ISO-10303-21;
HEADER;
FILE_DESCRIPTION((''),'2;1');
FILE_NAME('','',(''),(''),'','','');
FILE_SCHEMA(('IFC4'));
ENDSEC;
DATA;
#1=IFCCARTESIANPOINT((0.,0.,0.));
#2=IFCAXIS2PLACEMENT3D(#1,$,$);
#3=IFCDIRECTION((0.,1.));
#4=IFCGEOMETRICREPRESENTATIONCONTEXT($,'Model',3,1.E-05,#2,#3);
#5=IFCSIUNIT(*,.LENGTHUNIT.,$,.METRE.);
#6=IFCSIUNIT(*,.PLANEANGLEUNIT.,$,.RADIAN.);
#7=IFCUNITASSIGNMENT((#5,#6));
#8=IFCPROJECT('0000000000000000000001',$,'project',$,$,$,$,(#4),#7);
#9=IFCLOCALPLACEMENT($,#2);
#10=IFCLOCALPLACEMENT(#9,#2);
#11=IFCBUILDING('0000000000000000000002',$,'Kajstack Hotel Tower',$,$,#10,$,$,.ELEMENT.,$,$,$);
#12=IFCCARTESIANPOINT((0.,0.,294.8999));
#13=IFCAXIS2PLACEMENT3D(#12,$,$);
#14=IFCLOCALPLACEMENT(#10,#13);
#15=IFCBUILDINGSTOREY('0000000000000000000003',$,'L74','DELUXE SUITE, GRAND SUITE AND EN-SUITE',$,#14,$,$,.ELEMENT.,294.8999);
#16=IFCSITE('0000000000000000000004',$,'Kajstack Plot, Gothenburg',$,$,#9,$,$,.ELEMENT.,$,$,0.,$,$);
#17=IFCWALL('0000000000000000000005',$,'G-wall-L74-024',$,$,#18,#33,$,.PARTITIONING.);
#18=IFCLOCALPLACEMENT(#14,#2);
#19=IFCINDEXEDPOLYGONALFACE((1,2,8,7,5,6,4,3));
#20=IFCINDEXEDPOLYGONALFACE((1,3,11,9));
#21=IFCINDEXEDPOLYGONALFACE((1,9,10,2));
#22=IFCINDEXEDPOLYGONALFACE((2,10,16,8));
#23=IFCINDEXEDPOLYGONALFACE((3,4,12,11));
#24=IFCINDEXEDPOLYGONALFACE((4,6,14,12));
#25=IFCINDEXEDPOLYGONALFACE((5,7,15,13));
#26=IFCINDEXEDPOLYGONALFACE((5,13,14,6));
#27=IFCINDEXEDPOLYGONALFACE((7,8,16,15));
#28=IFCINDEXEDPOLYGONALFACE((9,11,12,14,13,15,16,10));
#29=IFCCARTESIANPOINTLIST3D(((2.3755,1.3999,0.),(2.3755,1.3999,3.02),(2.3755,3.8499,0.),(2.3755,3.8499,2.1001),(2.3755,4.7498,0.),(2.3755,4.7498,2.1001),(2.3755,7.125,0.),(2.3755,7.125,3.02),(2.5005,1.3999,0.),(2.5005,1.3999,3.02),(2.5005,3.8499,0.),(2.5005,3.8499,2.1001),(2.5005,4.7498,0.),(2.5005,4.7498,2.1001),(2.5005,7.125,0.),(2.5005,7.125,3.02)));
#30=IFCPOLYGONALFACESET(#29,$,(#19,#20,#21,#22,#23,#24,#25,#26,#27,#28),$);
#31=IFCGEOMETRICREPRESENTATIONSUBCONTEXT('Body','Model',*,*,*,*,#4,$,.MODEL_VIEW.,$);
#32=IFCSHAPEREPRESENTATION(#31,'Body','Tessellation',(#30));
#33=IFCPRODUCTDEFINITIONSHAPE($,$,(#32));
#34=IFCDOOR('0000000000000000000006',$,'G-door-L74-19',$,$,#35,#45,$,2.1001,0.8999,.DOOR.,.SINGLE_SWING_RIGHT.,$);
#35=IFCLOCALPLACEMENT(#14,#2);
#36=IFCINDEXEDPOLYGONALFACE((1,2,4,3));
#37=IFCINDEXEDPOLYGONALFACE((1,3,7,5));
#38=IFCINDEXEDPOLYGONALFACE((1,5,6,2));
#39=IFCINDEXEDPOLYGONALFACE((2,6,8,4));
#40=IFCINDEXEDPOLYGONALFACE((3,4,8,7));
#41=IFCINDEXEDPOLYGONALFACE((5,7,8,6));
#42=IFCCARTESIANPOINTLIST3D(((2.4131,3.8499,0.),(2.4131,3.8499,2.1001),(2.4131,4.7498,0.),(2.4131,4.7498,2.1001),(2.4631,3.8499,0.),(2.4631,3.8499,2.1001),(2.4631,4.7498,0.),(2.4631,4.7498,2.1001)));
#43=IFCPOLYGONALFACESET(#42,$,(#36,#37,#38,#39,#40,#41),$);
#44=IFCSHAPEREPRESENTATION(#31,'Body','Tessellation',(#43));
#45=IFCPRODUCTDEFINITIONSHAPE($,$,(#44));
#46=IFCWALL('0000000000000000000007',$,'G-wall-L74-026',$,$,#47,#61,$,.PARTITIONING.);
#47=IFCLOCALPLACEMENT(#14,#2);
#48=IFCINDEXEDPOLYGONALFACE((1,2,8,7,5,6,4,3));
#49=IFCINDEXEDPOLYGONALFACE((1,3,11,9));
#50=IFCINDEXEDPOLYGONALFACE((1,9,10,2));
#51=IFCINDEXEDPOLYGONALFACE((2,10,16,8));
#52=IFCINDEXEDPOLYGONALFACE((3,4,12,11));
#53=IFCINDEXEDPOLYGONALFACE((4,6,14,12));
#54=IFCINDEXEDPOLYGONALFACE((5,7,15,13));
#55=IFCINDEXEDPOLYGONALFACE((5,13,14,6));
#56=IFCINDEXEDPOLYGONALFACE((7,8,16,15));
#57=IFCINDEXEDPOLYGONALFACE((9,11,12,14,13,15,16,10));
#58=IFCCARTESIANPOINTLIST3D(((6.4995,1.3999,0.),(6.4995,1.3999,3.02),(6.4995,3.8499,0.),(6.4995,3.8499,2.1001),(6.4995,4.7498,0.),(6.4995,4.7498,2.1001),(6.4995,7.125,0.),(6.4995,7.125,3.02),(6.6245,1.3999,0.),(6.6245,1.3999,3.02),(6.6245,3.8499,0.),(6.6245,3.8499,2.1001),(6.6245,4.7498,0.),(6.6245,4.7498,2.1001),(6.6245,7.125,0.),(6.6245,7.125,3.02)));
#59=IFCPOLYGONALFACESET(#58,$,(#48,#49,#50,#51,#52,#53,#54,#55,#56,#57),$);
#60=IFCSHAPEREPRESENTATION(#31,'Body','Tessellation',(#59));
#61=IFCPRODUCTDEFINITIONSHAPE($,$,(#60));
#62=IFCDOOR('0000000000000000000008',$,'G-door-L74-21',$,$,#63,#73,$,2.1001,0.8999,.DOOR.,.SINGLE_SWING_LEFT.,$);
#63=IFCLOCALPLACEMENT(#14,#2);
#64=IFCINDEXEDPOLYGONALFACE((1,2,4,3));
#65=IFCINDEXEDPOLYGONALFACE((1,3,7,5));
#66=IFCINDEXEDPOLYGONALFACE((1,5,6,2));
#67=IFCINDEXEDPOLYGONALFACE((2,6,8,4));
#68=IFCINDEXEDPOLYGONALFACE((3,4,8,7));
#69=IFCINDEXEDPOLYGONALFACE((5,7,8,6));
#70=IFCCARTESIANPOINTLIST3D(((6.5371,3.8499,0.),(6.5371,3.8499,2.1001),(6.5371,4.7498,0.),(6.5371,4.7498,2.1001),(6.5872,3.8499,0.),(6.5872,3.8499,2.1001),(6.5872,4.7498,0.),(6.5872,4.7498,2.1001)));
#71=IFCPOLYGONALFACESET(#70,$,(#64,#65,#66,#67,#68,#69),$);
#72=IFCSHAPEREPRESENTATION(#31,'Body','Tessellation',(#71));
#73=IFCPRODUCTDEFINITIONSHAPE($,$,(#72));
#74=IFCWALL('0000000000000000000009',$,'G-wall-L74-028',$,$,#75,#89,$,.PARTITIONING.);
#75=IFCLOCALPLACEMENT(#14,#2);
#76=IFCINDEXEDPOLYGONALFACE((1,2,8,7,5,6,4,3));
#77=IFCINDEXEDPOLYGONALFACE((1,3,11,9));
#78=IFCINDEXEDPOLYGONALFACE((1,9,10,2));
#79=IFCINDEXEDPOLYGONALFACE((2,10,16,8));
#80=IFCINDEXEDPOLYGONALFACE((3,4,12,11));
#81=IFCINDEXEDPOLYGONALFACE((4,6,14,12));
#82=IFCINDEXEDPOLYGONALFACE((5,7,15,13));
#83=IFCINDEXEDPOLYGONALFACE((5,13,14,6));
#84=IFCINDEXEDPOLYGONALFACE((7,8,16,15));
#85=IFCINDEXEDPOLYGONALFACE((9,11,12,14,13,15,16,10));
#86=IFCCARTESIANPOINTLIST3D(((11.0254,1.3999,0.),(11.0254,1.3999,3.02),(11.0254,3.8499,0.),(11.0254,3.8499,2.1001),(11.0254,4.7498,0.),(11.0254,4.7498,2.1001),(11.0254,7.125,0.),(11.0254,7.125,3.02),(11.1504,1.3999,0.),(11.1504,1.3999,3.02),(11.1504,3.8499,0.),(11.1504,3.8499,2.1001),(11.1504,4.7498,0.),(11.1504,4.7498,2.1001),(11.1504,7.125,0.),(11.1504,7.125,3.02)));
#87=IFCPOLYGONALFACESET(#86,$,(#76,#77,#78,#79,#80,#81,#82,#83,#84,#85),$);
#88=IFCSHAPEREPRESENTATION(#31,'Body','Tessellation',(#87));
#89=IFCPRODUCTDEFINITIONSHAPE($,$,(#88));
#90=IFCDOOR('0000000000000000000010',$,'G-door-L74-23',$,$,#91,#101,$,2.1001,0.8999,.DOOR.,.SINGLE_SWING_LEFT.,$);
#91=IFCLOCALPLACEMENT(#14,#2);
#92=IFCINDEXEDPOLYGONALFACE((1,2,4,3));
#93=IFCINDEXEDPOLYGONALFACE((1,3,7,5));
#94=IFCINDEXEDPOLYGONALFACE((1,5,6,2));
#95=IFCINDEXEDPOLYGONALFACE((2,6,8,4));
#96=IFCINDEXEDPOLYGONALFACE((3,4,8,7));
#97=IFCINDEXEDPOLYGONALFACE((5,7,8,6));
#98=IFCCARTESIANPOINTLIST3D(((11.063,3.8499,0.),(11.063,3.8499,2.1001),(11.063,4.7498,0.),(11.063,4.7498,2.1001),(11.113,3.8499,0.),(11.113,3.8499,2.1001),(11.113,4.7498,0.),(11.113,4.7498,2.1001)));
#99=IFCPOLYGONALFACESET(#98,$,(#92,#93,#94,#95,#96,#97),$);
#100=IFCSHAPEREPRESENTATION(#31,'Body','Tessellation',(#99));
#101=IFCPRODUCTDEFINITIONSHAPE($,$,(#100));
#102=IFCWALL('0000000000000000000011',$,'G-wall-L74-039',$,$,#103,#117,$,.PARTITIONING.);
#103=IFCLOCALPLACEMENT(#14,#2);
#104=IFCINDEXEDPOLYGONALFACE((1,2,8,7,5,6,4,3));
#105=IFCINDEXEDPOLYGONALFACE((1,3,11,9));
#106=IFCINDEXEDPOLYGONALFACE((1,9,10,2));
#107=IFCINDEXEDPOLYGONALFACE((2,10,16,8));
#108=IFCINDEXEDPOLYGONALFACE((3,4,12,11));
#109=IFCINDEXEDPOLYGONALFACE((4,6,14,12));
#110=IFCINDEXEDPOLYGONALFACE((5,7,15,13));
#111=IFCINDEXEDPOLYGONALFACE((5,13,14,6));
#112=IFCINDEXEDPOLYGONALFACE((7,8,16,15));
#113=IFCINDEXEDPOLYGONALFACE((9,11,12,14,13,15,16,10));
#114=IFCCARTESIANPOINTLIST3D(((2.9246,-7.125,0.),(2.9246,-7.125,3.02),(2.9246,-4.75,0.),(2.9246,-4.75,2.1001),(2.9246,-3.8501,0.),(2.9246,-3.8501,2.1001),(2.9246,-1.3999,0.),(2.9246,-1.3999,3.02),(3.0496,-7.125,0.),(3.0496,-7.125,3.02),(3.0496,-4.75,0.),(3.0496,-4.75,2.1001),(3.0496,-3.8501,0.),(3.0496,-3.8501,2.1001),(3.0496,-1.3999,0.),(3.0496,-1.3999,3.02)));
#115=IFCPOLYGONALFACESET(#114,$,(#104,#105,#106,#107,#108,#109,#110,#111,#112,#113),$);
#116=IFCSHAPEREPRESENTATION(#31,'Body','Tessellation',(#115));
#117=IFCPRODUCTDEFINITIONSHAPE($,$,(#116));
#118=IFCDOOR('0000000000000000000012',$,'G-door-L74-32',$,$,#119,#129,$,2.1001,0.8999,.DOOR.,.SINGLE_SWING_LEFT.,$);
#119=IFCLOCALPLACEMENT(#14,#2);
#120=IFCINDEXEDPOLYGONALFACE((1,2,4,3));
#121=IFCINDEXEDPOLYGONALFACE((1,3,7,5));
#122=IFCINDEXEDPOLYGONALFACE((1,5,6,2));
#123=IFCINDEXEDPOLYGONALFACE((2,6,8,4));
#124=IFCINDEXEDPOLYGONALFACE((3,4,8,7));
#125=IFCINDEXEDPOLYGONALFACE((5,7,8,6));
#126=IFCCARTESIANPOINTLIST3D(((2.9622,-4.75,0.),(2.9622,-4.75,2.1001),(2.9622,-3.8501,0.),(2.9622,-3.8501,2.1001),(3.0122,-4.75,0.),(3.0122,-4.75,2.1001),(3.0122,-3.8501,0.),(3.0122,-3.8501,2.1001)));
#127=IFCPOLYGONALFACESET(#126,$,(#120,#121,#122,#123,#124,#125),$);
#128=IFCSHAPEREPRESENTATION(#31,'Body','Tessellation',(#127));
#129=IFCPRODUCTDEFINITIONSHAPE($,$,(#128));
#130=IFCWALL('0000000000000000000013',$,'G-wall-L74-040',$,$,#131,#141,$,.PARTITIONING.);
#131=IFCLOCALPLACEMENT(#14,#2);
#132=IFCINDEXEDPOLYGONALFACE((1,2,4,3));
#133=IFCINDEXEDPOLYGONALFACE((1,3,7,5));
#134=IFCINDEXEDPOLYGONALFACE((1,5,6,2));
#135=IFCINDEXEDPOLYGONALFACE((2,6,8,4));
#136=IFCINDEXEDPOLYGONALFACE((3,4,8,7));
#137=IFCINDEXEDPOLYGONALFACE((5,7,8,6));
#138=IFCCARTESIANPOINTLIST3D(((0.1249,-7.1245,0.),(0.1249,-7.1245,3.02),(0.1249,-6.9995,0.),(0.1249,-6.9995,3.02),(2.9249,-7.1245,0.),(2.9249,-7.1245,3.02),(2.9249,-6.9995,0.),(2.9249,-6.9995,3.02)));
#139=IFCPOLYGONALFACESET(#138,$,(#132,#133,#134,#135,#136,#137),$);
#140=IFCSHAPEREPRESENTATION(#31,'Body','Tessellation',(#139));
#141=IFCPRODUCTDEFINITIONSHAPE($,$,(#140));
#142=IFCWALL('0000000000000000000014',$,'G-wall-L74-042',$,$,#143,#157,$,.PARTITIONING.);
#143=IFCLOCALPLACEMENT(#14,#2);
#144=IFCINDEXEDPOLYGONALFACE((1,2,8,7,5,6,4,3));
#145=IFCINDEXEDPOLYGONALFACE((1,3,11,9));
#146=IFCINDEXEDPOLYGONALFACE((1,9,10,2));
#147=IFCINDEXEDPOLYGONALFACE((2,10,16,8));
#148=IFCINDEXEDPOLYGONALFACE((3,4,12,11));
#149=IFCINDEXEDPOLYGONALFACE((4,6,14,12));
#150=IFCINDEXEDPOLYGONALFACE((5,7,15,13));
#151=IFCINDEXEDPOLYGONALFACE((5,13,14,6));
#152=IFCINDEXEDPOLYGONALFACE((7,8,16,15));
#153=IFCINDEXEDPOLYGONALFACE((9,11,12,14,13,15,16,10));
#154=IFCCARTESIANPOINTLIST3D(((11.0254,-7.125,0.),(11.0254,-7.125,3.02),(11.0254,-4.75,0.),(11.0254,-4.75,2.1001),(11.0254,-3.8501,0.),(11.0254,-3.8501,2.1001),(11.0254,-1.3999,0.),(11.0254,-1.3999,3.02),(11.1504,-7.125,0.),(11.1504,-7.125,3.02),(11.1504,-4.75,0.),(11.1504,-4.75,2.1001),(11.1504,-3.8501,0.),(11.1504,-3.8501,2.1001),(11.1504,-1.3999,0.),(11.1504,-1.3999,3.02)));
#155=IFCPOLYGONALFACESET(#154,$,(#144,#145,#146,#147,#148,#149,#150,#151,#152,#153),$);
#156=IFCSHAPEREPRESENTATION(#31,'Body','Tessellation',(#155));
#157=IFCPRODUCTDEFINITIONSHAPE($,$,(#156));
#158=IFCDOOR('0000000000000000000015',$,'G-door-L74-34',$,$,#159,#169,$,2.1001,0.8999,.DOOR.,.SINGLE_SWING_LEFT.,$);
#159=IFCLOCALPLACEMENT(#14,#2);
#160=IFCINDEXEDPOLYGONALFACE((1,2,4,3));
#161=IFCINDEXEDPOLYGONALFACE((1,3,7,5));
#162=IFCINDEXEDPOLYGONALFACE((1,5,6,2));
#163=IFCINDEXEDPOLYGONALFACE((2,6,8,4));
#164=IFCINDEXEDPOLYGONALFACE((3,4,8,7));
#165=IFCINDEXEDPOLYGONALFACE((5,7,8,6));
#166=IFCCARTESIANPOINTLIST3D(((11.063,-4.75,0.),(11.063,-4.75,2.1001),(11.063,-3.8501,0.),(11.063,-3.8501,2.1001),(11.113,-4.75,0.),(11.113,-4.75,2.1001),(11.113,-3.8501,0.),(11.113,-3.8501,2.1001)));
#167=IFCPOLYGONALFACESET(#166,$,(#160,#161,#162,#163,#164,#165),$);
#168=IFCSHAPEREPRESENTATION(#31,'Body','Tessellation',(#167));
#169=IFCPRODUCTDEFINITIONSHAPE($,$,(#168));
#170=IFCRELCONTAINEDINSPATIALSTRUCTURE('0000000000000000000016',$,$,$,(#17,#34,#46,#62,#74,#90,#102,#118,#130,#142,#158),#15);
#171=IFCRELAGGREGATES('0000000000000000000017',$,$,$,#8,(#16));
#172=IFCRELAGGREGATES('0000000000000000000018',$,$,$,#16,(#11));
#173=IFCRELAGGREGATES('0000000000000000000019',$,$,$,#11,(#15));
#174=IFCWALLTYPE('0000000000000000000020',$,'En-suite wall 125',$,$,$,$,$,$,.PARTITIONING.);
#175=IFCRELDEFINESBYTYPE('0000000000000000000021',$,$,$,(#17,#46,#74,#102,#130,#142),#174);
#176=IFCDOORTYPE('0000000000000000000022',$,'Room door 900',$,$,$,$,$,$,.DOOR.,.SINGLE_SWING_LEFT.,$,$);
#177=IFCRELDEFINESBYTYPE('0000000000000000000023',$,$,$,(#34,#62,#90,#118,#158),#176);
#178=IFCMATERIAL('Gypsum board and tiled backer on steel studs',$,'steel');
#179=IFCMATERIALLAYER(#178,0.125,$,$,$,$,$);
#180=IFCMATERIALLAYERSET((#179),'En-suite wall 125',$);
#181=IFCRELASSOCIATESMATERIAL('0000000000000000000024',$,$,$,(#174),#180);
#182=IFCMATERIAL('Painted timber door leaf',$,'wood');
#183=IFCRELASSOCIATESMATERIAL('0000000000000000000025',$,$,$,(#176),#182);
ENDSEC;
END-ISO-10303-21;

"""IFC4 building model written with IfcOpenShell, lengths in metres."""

from ifc_helpers import new_model, si_unit, direction, frame, frame_2d, origin, place, context, subcontext, project, spatial, rectangle, extrude, material, layer, layer_set, type_object, element, fill, save


model = new_model("IFC4")

# Units and contexts
model_context = context("Model", 3, precision=1e-05, world=origin(), true_north=direction((0.0, 1.0)))
body_context = subcontext(model_context, "Body", "Model", "MODEL_VIEW")
ifc_project = project(units=[si_unit("LENGTHUNIT", "METRE"), si_unit("PLANEANGLEUNIT", "RADIAN")], contexts=[model_context])

# Site, building, storey
site_placement = place(None, origin())
site = spatial("IfcSite", under=ifc_project, at=site_placement, Name="Kajstack Plot, Gothenburg", CompositionType="ELEMENT", RefElevation=0.0)
building_placement = place(site_placement, origin())
building = spatial("IfcBuilding", under=site, at=building_placement, Name="Kajstack Hotel Tower", CompositionType="ELEMENT")
storey_placement = place(building_placement, frame((0.0, 0.0, 294.8999)))
storey = spatial("IfcBuildingStorey", under=building, at=storey_placement, Name="L74", Description="DELUXE SUITE, GRAND SUITE AND EN-SUITE", CompositionType="ELEMENT", Elevation=294.8999)

# Walls, openings, doors
ifc_material_1 = material(Name="Gypsum board and tiled backer on steel studs", Category="steel")
ifc_layer_1 = layer(ifc_material_1, 0.125)
ifc_layer_set_1 = layer_set([ifc_layer_1], Name="En-suite wall 125")
wall_type_1 = type_object("IfcWallType", Name="En-suite wall 125", PredefinedType="PARTITIONING", material=ifc_layer_set_1)
wall_1_placement = place(storey_placement, frame((2.438, 1.3999, 0.0), z_axis=(0.0, 0.0, 1.0), x_axis=(0.0, 1.0, 0.0)))
wall_1 = element("IfcWall", 1, at=wall_1_placement, inside=storey, type_object=wall_type_1, Name="G-wall-L74-024", PredefinedType="PARTITIONING", context=body_context, shape_type="SweptSolid", body=[
    extrude(rectangle(XDim=5.7251, YDim=0.125, at=frame_2d((2.8625, 0.0))), origin(), (0.0, 0.0, 1.0), 3.02),
])
opening_1_placement = place(wall_1_placement, frame((2.45, 0.0, 0.0)))
opening_1 = element("IfcOpeningElement", 2, at=opening_1_placement, cuts=wall_1, PredefinedType="OPENING", context=body_context, shape_type="SweptSolid", body=[
    extrude(rectangle(XDim=0.8999, YDim=2.1001, at=frame_2d((0.45, 1.05))), frame((0.0, 0.0725, 0.0), z_axis=(0.0, -1.0, 0.0), x_axis=(1.0, 0.0, 0.0)), (0.0, 0.0, 1.0), 0.145),
])
ifc_material_2 = material(Name="Painted timber door leaf", Category="wood")
door_type_1 = type_object("IfcDoorType", Name="Room door 900", OperationType="SINGLE_SWING_LEFT", PredefinedType="DOOR", material=ifc_material_2)
door_1_placement = place(opening_1_placement, origin())
door_1 = element("IfcDoor", 3, at=door_1_placement, inside=storey, type_object=door_type_1, Name="G-door-L74-19", OperationType="SINGLE_SWING_RIGHT", OverallHeight=2.1001, OverallWidth=0.8999, PredefinedType="DOOR", context=body_context, shape_type="SweptSolid", body=[
    extrude(rectangle(XDim=0.8999, YDim=2.1001, at=frame_2d((0.45, 1.05))), frame((0.0, 0.0249, 0.0), z_axis=(0.0, -1.0, 0.0), x_axis=(1.0, 0.0, 0.0)), (0.0, 0.0, 1.0), 0.05),
])
fill(opening_1, door_1)
wall_2_placement = place(storey_placement, frame((6.562, 1.3999, 0.0), z_axis=(0.0, 0.0, 1.0), x_axis=(0.0, 1.0, 0.0)))
wall_2 = element("IfcWall", 4, at=wall_2_placement, inside=storey, type_object=wall_type_1, Name="G-wall-L74-026", PredefinedType="PARTITIONING", context=body_context, shape_type="SweptSolid", body=[
    extrude(rectangle(XDim=5.7251, YDim=0.125, at=frame_2d((2.8625, 0.0))), origin(), (0.0, 0.0, 1.0), 3.02),
])
opening_2_placement = place(wall_2_placement, frame((2.45, 0.0, 0.0)))
opening_2 = element("IfcOpeningElement", 5, at=opening_2_placement, cuts=wall_2, PredefinedType="OPENING", context=body_context, shape_type="SweptSolid", body=[
    extrude(rectangle(XDim=0.8999, YDim=2.1001, at=frame_2d((0.45, 1.05))), frame((0.0, 0.0725, 0.0), z_axis=(0.0, -1.0, 0.0), x_axis=(1.0, 0.0, 0.0)), (0.0, 0.0, 1.0), 0.145),
])
door_2_placement = place(opening_2_placement, origin())
door_2 = element("IfcDoor", 6, at=door_2_placement, inside=storey, type_object=door_type_1, Name="G-door-L74-21", OperationType="SINGLE_SWING_LEFT", OverallHeight=2.1001, OverallWidth=0.8999, PredefinedType="DOOR", context=body_context, shape_type="SweptSolid", body=[
    extrude(rectangle(XDim=0.8999, YDim=2.1001, at=frame_2d((0.45, 1.05))), frame((0.0, 0.0249, 0.0), z_axis=(0.0, -1.0, 0.0), x_axis=(1.0, 0.0, 0.0)), (0.0, 0.0, 1.0), 0.05),
])
fill(opening_2, door_2)
wall_3_placement = place(storey_placement, frame((11.0879, 1.3999, 0.0), z_axis=(0.0, 0.0, 1.0), x_axis=(0.0, 1.0, 0.0)))
wall_3 = element("IfcWall", 7, at=wall_3_placement, inside=storey, type_object=wall_type_1, Name="G-wall-L74-028", PredefinedType="PARTITIONING", context=body_context, shape_type="SweptSolid", body=[
    extrude(rectangle(XDim=5.7251, YDim=0.125, at=frame_2d((2.8625, 0.0))), origin(), (0.0, 0.0, 1.0), 3.02),
])
opening_3_placement = place(wall_3_placement, frame((2.45, 0.0, 0.0)))
opening_3 = element("IfcOpeningElement", 8, at=opening_3_placement, cuts=wall_3, PredefinedType="OPENING", context=body_context, shape_type="SweptSolid", body=[
    extrude(rectangle(XDim=0.8999, YDim=2.1001, at=frame_2d((0.45, 1.05))), frame((0.0, 0.0725, 0.0), z_axis=(0.0, -1.0, 0.0), x_axis=(1.0, 0.0, 0.0)), (0.0, 0.0, 1.0), 0.145),
])
door_3_placement = place(opening_3_placement, origin())
door_3 = element("IfcDoor", 9, at=door_3_placement, inside=storey, type_object=door_type_1, Name="G-door-L74-23", OperationType="SINGLE_SWING_LEFT", OverallHeight=2.1001, OverallWidth=0.8999, PredefinedType="DOOR", context=body_context, shape_type="SweptSolid", body=[
    extrude(rectangle(XDim=0.8999, YDim=2.1001, at=frame_2d((0.45, 1.05))), frame((0.0, 0.0249, 0.0), z_axis=(0.0, -1.0, 0.0), x_axis=(1.0, 0.0, 0.0)), (0.0, 0.0, 1.0), 0.05),
])
fill(opening_3, door_3)
wall_4_placement = place(storey_placement, frame((2.9871, -7.125, 0.0), z_axis=(0.0, 0.0, 1.0), x_axis=(0.0, 1.0, 0.0)))
wall_4 = element("IfcWall", 10, at=wall_4_placement, inside=storey, type_object=wall_type_1, Name="G-wall-L74-039", PredefinedType="PARTITIONING", context=body_context, shape_type="SweptSolid", body=[
    extrude(rectangle(XDim=5.7251, YDim=0.125, at=frame_2d((2.8625, 0.0))), origin(), (0.0, 0.0, 1.0), 3.02),
])
opening_4_placement = place(wall_4_placement, frame((2.375, 0.0, 0.0)))
opening_4 = element("IfcOpeningElement", 11, at=opening_4_placement, cuts=wall_4, PredefinedType="OPENING", context=body_context, shape_type="SweptSolid", body=[
    extrude(rectangle(XDim=0.8999, YDim=2.1001, at=frame_2d((0.45, 1.05))), frame((0.0, 0.0725, 0.0), z_axis=(0.0, -1.0, 0.0), x_axis=(1.0, 0.0, 0.0)), (0.0, 0.0, 1.0), 0.145),
])
door_4_placement = place(opening_4_placement, origin())
door_4 = element("IfcDoor", 12, at=door_4_placement, inside=storey, type_object=door_type_1, Name="G-door-L74-32", OperationType="SINGLE_SWING_LEFT", OverallHeight=2.1001, OverallWidth=0.8999, PredefinedType="DOOR", context=body_context, shape_type="SweptSolid", body=[
    extrude(rectangle(XDim=0.8999, YDim=2.1001, at=frame_2d((0.45, 1.05))), frame((0.0, 0.0249, 0.0), z_axis=(0.0, -1.0, 0.0), x_axis=(1.0, 0.0, 0.0)), (0.0, 0.0, 1.0), 0.05),
])
fill(opening_4, door_4)

# Wall
wall_5_placement = place(storey_placement, frame((0.125, -7.062, 0.0), z_axis=(0.0, 0.0, 1.0), x_axis=(1.0, 0.0, 0.0)))
element("IfcWall", 13, at=wall_5_placement, inside=storey, type_object=wall_type_1, Name="G-wall-L74-040", PredefinedType="PARTITIONING", context=body_context, shape_type="SweptSolid", body=[
    extrude(rectangle(XDim=2.8, YDim=0.125, at=frame_2d((1.3999, 0.0))), origin(), (0.0, 0.0, 1.0), 3.02),
])

# Wall, opening, door
wall_6_placement = place(storey_placement, frame((11.0879, -7.125, 0.0), z_axis=(0.0, 0.0, 1.0), x_axis=(0.0, 1.0, 0.0)))
wall_6 = element("IfcWall", 14, at=wall_6_placement, inside=storey, type_object=wall_type_1, Name="G-wall-L74-042", PredefinedType="PARTITIONING", context=body_context, shape_type="SweptSolid", body=[
    extrude(rectangle(XDim=5.7251, YDim=0.125, at=frame_2d((2.8625, 0.0))), origin(), (0.0, 0.0, 1.0), 3.02),
])
opening_5_placement = place(wall_6_placement, frame((2.375, 0.0, 0.0)))
opening_5 = element("IfcOpeningElement", 15, at=opening_5_placement, cuts=wall_6, PredefinedType="OPENING", context=body_context, shape_type="SweptSolid", body=[
    extrude(rectangle(XDim=0.8999, YDim=2.1001, at=frame_2d((0.45, 1.05))), frame((0.0, 0.0725, 0.0), z_axis=(0.0, -1.0, 0.0), x_axis=(1.0, 0.0, 0.0)), (0.0, 0.0, 1.0), 0.145),
])
door_5_placement = place(opening_5_placement, origin())
door_5 = element("IfcDoor", 16, at=door_5_placement, inside=storey, type_object=door_type_1, Name="G-door-L74-34", OperationType="SINGLE_SWING_LEFT", OverallHeight=2.1001, OverallWidth=0.8999, PredefinedType="DOOR", context=body_context, shape_type="SweptSolid", body=[
    extrude(rectangle(XDim=0.8999, YDim=2.1001, at=frame_2d((0.45, 1.05))), frame((0.0, 0.0249, 0.0), z_axis=(0.0, -1.0, 0.0), x_axis=(1.0, 0.0, 0.0)), (0.0, 0.0, 1.0), 0.05),
])
fill(opening_5, door_5)

save(model, "model.ifc")
